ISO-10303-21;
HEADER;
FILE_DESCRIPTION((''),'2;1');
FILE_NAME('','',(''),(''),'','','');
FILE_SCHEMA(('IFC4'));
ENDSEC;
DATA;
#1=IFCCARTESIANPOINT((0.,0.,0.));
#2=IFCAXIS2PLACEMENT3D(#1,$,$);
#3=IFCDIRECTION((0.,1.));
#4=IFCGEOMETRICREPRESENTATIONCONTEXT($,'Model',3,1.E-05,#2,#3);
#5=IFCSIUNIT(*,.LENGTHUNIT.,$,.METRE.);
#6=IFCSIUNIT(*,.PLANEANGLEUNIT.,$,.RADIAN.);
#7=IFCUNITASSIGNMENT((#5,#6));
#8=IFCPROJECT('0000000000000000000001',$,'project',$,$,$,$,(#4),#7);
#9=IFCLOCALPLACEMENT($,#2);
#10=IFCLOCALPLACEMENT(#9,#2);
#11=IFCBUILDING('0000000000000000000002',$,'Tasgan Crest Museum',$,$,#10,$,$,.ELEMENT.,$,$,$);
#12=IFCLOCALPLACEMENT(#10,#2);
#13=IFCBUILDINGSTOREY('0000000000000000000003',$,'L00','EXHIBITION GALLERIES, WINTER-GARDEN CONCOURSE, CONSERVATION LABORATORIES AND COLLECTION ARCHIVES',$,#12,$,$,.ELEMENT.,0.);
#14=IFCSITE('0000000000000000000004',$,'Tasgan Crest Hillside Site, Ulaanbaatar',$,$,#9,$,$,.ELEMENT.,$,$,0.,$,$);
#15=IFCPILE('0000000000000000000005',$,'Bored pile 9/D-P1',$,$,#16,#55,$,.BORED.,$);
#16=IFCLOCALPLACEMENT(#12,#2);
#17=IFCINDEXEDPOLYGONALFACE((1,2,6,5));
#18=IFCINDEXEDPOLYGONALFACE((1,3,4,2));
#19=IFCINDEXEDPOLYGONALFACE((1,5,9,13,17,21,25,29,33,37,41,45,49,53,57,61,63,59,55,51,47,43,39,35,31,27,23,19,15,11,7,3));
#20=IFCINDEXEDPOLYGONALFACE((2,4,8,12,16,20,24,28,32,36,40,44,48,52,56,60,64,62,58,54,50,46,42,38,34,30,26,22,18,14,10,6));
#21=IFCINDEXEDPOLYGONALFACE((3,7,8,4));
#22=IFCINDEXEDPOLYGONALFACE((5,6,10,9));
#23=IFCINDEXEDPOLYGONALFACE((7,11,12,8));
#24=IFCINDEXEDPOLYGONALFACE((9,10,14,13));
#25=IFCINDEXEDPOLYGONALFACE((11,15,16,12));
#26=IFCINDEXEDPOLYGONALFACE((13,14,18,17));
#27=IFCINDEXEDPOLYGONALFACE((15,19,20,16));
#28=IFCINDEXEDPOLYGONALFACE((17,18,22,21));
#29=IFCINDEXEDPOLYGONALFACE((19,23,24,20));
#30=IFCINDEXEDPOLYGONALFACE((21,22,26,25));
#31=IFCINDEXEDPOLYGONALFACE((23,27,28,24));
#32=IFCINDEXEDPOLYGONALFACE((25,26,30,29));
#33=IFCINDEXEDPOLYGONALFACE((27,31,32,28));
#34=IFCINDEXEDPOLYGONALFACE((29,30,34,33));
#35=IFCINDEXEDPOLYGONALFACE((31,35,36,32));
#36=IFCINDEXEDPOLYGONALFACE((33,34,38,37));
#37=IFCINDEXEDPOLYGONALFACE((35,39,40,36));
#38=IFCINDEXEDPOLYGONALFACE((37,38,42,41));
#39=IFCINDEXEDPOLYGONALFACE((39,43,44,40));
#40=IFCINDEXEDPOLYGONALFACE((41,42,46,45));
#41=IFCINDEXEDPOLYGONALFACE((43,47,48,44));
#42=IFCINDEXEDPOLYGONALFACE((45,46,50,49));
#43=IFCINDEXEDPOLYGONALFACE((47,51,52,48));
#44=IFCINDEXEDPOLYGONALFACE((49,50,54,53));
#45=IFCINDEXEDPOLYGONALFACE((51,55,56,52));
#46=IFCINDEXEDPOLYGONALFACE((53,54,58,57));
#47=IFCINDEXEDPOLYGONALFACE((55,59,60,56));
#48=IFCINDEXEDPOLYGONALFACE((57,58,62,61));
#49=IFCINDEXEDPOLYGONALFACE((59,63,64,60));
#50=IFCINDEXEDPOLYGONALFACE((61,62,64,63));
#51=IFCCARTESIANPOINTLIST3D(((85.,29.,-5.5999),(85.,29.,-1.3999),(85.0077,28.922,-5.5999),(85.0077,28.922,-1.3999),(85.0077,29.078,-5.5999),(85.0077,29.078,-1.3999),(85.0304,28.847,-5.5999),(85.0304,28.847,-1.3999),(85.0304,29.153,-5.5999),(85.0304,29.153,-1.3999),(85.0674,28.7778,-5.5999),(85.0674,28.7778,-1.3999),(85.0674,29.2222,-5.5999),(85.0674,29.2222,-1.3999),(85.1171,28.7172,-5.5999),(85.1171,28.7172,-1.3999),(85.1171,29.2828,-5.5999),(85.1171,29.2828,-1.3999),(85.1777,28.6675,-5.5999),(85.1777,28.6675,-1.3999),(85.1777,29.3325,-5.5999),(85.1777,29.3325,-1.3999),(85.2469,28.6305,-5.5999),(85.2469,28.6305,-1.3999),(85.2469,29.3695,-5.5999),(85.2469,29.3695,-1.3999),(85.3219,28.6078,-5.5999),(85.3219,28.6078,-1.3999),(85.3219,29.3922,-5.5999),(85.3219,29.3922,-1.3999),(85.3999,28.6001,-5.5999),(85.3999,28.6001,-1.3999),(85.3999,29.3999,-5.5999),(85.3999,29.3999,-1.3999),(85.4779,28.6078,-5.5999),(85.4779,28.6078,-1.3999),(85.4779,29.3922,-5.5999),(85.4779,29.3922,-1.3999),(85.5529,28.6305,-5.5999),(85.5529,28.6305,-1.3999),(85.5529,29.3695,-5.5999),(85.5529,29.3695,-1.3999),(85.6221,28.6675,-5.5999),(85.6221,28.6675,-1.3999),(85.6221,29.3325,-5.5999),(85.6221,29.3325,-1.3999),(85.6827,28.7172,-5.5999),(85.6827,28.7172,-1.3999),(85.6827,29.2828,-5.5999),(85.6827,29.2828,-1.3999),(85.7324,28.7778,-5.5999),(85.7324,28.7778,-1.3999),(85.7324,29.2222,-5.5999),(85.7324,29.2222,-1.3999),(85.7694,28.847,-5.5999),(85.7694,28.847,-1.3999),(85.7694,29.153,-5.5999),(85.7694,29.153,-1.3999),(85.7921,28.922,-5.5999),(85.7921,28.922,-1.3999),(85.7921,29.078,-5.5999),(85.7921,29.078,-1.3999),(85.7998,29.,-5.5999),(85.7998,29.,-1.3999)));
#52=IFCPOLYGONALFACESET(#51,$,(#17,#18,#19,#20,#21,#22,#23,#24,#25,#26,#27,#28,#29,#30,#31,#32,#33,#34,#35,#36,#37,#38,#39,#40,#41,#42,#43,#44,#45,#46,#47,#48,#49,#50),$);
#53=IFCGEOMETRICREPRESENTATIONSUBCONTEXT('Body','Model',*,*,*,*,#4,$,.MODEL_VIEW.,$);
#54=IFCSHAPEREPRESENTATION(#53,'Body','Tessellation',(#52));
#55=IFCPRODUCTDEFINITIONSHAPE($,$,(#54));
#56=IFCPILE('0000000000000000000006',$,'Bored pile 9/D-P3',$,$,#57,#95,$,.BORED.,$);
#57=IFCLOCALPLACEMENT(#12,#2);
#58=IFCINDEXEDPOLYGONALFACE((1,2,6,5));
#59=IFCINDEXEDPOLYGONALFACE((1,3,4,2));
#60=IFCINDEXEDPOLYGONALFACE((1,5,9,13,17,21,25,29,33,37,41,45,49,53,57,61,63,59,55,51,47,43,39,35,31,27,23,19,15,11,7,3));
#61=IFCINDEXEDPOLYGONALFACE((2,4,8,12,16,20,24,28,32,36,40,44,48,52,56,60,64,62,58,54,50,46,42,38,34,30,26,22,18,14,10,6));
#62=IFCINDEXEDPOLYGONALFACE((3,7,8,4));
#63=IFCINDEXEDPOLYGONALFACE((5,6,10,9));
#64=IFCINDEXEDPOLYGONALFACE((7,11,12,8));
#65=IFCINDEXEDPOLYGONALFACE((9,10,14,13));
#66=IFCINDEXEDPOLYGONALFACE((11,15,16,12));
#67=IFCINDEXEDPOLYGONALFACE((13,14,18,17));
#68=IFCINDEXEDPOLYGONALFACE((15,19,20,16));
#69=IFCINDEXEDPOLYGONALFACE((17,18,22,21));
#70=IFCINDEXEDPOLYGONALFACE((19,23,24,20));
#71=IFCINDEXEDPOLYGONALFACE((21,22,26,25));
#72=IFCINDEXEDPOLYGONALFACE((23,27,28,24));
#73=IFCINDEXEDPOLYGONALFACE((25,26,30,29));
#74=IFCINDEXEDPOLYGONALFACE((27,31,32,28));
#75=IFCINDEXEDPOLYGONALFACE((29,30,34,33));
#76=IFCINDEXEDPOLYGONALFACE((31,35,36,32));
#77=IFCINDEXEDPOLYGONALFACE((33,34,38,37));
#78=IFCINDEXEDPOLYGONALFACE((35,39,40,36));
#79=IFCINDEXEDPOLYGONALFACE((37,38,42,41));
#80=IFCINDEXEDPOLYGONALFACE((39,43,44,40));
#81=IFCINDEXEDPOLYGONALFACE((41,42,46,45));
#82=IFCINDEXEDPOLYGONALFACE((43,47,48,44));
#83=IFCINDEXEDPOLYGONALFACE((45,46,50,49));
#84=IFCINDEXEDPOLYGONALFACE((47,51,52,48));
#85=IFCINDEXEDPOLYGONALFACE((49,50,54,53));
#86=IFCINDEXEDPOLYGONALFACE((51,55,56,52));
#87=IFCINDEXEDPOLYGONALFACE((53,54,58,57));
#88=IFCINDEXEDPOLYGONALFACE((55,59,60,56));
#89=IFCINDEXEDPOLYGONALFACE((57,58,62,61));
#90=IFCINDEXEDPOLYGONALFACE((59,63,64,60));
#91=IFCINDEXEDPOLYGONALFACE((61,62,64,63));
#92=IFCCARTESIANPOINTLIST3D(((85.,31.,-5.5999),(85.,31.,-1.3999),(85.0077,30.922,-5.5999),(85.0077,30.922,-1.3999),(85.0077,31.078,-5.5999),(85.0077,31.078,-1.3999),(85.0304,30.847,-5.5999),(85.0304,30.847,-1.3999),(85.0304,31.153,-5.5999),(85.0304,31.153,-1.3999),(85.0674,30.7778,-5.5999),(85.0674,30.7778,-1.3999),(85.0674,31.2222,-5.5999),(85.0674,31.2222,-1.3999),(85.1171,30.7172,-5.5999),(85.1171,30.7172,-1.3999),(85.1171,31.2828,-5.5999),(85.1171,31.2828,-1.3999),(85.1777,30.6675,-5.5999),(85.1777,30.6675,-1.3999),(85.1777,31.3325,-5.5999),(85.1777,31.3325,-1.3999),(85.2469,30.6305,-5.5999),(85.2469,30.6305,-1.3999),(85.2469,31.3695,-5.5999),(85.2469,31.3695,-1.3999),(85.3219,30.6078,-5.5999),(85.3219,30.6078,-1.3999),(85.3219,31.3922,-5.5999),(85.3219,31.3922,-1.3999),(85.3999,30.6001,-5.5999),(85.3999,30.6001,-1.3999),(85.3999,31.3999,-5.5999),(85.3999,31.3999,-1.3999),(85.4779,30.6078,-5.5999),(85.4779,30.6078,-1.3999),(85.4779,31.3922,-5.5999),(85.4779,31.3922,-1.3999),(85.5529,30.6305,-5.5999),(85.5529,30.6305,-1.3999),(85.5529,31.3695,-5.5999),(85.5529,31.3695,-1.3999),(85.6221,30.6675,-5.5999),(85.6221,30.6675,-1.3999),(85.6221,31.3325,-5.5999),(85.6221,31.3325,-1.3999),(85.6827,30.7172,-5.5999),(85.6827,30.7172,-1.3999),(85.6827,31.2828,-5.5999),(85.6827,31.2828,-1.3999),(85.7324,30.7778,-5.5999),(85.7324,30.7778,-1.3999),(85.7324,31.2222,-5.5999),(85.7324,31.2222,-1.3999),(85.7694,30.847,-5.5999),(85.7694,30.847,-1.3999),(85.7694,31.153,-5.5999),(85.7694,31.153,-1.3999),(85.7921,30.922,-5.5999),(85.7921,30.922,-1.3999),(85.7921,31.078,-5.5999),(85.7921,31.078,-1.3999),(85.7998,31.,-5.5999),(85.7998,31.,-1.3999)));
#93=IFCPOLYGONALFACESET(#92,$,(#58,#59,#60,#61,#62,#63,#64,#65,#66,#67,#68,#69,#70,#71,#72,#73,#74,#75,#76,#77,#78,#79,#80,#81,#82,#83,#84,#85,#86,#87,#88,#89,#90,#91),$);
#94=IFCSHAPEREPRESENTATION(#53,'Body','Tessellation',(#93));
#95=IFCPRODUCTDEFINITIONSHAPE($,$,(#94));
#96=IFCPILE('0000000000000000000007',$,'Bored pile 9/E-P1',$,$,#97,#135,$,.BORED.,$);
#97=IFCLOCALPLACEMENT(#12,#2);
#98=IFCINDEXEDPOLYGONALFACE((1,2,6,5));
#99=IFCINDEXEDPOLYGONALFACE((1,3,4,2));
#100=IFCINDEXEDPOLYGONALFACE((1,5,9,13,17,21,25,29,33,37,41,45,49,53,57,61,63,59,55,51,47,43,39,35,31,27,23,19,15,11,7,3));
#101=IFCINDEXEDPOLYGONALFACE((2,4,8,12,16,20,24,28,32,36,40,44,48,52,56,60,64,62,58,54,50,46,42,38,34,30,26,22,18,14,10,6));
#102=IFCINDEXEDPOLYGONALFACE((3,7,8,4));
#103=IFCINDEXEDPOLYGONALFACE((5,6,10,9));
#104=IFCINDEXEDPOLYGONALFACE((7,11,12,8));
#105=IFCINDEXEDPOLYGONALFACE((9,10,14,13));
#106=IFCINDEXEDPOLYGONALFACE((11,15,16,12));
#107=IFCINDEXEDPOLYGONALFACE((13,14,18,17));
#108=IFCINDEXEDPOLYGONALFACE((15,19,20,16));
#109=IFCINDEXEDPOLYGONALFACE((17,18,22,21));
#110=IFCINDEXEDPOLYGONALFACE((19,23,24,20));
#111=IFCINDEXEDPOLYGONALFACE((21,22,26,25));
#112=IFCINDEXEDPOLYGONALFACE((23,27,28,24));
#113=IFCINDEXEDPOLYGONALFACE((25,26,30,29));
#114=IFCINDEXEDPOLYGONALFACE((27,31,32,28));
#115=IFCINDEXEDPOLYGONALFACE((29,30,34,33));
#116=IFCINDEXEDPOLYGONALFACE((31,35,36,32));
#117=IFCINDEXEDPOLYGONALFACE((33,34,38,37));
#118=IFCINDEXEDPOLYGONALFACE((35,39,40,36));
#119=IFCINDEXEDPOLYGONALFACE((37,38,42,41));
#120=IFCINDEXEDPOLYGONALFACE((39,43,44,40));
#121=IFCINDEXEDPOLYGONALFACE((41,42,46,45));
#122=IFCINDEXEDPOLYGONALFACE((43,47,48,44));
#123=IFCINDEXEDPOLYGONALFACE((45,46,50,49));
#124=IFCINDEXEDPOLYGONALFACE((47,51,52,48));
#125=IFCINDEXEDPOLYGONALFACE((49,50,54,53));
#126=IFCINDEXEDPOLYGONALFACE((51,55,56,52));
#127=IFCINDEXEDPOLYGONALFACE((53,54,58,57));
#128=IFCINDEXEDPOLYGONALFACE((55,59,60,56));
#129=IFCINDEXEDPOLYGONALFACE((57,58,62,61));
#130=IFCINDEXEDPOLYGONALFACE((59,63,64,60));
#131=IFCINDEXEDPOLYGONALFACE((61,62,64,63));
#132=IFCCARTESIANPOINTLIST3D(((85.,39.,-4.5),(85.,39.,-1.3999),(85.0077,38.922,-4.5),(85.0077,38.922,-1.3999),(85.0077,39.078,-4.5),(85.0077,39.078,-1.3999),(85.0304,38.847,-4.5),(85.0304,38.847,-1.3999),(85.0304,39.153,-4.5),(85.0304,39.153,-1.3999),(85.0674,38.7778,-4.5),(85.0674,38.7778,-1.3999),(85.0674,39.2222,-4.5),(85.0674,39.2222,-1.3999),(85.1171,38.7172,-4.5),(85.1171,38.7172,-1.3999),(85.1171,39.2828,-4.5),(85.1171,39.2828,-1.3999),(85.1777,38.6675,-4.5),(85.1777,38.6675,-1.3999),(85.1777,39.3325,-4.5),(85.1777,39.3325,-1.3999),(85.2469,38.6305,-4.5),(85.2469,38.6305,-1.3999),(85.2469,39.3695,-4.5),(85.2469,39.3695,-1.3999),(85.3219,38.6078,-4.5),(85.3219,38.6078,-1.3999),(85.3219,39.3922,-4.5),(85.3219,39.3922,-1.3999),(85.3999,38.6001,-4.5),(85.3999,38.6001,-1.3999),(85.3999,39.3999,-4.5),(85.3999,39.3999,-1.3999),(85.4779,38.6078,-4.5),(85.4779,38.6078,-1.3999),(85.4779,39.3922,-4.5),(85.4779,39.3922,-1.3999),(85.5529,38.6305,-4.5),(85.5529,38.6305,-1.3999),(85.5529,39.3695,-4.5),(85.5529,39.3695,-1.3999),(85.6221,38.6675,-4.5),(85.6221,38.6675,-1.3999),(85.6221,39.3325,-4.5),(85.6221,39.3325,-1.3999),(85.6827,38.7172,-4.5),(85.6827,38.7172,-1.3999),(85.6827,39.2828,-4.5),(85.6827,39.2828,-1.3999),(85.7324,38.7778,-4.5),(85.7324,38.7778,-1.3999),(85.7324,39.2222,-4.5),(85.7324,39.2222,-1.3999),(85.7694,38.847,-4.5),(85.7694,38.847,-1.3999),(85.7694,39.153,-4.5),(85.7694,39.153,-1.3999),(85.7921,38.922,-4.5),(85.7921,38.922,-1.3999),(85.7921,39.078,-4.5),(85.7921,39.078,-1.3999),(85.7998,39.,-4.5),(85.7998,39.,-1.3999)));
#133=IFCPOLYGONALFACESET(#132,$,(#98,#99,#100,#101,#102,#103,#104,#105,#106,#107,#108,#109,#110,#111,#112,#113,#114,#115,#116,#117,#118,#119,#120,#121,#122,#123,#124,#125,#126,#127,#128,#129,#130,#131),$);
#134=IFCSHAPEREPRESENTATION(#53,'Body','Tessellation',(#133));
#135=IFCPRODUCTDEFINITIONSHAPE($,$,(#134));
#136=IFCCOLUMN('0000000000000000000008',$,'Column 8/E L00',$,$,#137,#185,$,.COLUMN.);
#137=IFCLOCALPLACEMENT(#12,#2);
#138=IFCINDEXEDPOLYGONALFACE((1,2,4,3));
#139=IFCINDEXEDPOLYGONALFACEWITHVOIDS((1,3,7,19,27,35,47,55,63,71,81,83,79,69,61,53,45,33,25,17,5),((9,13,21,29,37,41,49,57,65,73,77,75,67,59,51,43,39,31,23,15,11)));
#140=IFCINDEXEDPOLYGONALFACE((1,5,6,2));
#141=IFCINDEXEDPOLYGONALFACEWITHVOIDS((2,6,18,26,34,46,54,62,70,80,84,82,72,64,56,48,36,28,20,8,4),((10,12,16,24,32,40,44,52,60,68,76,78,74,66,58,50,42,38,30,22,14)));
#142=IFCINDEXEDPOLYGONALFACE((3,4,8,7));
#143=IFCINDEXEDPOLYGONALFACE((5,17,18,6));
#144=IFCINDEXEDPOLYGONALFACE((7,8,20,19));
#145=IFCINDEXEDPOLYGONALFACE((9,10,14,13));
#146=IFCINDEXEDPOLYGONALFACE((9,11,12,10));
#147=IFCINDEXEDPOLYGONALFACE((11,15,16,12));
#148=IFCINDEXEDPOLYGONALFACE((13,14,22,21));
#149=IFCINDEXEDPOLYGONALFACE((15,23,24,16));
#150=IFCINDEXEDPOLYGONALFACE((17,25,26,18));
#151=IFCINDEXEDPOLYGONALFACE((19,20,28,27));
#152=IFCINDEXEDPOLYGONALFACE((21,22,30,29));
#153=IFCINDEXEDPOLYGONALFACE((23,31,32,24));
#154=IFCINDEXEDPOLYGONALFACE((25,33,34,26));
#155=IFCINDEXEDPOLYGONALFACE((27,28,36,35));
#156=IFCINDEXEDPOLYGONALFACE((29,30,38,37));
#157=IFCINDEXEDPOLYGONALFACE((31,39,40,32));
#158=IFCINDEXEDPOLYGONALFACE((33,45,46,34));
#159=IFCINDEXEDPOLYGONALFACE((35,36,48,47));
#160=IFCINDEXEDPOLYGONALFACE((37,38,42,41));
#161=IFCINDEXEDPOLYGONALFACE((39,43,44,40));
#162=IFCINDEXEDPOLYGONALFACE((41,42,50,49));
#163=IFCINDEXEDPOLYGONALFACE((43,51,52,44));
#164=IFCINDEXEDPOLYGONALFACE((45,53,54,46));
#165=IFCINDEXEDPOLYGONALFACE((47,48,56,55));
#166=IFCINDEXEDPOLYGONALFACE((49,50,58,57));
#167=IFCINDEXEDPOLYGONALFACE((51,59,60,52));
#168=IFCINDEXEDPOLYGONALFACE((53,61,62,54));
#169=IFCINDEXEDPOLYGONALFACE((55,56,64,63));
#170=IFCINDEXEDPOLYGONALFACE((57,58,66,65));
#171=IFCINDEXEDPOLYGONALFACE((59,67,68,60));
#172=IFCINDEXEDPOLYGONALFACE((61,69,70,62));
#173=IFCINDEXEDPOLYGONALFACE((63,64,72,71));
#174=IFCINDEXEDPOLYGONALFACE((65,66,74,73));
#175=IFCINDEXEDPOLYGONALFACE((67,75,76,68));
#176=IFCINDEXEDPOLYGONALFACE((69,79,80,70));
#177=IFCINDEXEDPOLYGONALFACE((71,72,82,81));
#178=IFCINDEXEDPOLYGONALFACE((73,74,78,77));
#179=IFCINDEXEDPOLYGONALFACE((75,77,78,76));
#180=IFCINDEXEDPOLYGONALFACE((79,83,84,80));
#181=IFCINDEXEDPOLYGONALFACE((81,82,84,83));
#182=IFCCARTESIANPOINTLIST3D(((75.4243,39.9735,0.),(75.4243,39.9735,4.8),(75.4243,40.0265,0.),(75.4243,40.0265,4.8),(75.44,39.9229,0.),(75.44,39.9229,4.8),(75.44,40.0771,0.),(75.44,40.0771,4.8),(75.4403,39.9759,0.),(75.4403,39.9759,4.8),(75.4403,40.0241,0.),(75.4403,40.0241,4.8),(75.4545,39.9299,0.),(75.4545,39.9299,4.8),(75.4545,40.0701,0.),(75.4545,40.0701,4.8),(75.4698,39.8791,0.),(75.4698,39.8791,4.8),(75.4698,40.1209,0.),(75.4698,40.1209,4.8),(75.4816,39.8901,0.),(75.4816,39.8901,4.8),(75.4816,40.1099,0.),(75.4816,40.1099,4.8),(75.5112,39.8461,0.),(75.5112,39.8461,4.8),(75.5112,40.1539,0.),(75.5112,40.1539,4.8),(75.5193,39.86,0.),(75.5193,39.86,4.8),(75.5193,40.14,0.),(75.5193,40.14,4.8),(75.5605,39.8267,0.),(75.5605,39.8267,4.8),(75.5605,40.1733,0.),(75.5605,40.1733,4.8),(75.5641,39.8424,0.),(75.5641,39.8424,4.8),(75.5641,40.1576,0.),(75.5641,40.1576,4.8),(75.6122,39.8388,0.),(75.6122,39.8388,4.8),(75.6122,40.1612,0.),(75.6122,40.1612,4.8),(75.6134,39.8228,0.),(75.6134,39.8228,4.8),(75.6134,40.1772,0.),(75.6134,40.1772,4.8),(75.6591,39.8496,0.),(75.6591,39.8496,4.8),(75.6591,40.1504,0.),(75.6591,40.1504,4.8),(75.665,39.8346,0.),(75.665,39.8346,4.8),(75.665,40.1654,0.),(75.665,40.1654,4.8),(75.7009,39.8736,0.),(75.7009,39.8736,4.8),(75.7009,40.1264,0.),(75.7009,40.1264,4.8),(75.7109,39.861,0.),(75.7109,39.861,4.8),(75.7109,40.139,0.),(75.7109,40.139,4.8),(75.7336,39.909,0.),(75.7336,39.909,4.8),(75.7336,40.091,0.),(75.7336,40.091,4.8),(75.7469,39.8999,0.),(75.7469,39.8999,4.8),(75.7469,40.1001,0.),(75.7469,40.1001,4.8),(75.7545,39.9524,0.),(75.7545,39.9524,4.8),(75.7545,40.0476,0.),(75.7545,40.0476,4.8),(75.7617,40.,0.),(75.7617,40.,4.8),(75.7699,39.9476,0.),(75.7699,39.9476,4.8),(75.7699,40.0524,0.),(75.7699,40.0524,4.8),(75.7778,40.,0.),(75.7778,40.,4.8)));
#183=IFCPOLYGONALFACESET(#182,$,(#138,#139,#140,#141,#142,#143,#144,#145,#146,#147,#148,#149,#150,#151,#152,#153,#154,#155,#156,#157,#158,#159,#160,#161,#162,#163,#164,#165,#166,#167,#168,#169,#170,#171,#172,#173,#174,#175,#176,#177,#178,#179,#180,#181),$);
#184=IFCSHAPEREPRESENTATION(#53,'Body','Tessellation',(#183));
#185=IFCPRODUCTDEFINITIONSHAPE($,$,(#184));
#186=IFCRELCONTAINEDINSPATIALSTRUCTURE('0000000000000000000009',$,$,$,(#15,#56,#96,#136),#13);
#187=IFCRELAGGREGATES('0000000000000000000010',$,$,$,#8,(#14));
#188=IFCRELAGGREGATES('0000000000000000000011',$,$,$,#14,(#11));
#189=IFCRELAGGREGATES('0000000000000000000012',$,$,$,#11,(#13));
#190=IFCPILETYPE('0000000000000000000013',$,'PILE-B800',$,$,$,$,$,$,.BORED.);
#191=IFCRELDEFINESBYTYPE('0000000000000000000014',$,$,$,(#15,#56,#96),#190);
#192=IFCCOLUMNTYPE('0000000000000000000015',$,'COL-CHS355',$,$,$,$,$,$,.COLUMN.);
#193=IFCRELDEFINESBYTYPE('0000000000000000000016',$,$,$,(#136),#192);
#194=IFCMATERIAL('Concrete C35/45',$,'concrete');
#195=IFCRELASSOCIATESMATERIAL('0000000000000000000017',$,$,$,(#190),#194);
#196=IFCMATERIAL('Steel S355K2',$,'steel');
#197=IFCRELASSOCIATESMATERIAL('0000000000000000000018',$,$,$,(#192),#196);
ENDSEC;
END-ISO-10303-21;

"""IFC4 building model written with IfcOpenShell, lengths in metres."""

from ifc_helpers import new_model, si_unit, direction, frame, origin, origin_2d, place, context, subcontext, project, spatial, circle, hollow_circle, extrude, material, material_profile, profile_set, type_object, element, save


model = new_model("IFC4")

# Units and contexts
model_context = context("Model", 3, precision=1e-05, world=origin(), true_north=direction((0.0, 1.0)))
body_context = subcontext(model_context, "Body", "Model", "MODEL_VIEW")
ifc_project = project(units=[si_unit("LENGTHUNIT", "METRE"), si_unit("PLANEANGLEUNIT", "RADIAN")], contexts=[model_context])

# Site, building, storey
site_placement = place(None, origin())
site = spatial("IfcSite", under=ifc_project, at=site_placement, Name="Tasgan Crest Hillside Site, Ulaanbaatar", CompositionType="ELEMENT", RefElevation=0.0)
building_placement = place(site_placement, origin())
building = spatial("IfcBuilding", under=site, at=building_placement, Name="Tasgan Crest Museum", CompositionType="ELEMENT")
storey_placement = place(building_placement, origin())
storey = spatial("IfcBuildingStorey", under=building, at=storey_placement, Name="L00", Description="EXHIBITION GALLERIES, WINTER-GARDEN CONCOURSE, CONSERVATION LABORATORIES AND COLLECTION ARCHIVES", CompositionType="ELEMENT", Elevation=0.0)

# Piles
ifc_material_1 = material(Name="Concrete C35/45", Category="concrete")
ifc_material_profile_1 = material_profile(ifc_material_1, circle(Radius=0.3999, at=origin_2d()), Name="PILE D800")
ifc_profile_set_1 = profile_set([ifc_material_profile_1], Name="Concrete C35/45")
pile_type_1 = type_object("IfcPileType", Name="PILE-B800", PredefinedType="BORED", material=ifc_profile_set_1)
for number, where, z_axis, x_axis, name in (
    (1, (85.3999, 29.0, -1.3999), (0.0, 0.0, -1.0), (1.0, 0.0, 0.0), "Bored pile 9/D-P1"),
    (2, (85.3999, 31.0, -1.3999), (0.0, 0.0, -1.0), (1.0, 0.0, 0.0), "Bored pile 9/D-P3"),
):
    element("IfcPile", number, at=place(storey_placement, frame(where, z_axis=z_axis, x_axis=x_axis)), inside=storey, type_object=pile_type_1, Name=name, PredefinedType="BORED", context=body_context, shape_type="SweptSolid", body=[
        extrude(circle(Radius=0.3999, at=origin_2d()), origin(), (0.0, 0.0, 1.0), 4.2),
    ])
pile_1_placement = place(storey_placement, frame((85.3999, 39.0, -1.3999), z_axis=(0.0, 0.0, -1.0), x_axis=(1.0, 0.0, 0.0)))
element("IfcPile", 3, at=pile_1_placement, inside=storey, type_object=pile_type_1, Name="Bored pile 9/E-P1", PredefinedType="BORED", context=body_context, shape_type="SweptSolid", body=[
    extrude(circle(Radius=0.3999, at=origin_2d()), origin(), (0.0, 0.0, 1.0), 3.1001),
])

# Column
ifc_material_2 = material(Name="Steel S355K2", Category="steel")
ifc_material_profile_2 = material_profile(ifc_material_2, hollow_circle(Radius=0.1777, WallThickness=0.0161, at=origin_2d()), Name="CHS 355.6x16")
ifc_profile_set_2 = profile_set([ifc_material_profile_2], Name="Steel S355K2")
column_type_1 = type_object("IfcColumnType", Name="COL-CHS355", PredefinedType="COLUMN", material=ifc_profile_set_2)
column_placement = place(storey_placement, frame((75.6001, 40.0, 0.0), z_axis=(0.0, 0.0, 1.0), x_axis=(1.0, 0.0, 0.0)))
element("IfcColumn", 4, at=column_placement, inside=storey, type_object=column_type_1, Name="Column 8/E L00", PredefinedType="COLUMN", context=body_context, shape_type="SweptSolid", body=[
    extrude(hollow_circle(Radius=0.1777, WallThickness=0.0161, at=origin_2d()), origin(), (0.0, 0.0, 1.0), 4.8),
])

save(model, "model.ifc")
